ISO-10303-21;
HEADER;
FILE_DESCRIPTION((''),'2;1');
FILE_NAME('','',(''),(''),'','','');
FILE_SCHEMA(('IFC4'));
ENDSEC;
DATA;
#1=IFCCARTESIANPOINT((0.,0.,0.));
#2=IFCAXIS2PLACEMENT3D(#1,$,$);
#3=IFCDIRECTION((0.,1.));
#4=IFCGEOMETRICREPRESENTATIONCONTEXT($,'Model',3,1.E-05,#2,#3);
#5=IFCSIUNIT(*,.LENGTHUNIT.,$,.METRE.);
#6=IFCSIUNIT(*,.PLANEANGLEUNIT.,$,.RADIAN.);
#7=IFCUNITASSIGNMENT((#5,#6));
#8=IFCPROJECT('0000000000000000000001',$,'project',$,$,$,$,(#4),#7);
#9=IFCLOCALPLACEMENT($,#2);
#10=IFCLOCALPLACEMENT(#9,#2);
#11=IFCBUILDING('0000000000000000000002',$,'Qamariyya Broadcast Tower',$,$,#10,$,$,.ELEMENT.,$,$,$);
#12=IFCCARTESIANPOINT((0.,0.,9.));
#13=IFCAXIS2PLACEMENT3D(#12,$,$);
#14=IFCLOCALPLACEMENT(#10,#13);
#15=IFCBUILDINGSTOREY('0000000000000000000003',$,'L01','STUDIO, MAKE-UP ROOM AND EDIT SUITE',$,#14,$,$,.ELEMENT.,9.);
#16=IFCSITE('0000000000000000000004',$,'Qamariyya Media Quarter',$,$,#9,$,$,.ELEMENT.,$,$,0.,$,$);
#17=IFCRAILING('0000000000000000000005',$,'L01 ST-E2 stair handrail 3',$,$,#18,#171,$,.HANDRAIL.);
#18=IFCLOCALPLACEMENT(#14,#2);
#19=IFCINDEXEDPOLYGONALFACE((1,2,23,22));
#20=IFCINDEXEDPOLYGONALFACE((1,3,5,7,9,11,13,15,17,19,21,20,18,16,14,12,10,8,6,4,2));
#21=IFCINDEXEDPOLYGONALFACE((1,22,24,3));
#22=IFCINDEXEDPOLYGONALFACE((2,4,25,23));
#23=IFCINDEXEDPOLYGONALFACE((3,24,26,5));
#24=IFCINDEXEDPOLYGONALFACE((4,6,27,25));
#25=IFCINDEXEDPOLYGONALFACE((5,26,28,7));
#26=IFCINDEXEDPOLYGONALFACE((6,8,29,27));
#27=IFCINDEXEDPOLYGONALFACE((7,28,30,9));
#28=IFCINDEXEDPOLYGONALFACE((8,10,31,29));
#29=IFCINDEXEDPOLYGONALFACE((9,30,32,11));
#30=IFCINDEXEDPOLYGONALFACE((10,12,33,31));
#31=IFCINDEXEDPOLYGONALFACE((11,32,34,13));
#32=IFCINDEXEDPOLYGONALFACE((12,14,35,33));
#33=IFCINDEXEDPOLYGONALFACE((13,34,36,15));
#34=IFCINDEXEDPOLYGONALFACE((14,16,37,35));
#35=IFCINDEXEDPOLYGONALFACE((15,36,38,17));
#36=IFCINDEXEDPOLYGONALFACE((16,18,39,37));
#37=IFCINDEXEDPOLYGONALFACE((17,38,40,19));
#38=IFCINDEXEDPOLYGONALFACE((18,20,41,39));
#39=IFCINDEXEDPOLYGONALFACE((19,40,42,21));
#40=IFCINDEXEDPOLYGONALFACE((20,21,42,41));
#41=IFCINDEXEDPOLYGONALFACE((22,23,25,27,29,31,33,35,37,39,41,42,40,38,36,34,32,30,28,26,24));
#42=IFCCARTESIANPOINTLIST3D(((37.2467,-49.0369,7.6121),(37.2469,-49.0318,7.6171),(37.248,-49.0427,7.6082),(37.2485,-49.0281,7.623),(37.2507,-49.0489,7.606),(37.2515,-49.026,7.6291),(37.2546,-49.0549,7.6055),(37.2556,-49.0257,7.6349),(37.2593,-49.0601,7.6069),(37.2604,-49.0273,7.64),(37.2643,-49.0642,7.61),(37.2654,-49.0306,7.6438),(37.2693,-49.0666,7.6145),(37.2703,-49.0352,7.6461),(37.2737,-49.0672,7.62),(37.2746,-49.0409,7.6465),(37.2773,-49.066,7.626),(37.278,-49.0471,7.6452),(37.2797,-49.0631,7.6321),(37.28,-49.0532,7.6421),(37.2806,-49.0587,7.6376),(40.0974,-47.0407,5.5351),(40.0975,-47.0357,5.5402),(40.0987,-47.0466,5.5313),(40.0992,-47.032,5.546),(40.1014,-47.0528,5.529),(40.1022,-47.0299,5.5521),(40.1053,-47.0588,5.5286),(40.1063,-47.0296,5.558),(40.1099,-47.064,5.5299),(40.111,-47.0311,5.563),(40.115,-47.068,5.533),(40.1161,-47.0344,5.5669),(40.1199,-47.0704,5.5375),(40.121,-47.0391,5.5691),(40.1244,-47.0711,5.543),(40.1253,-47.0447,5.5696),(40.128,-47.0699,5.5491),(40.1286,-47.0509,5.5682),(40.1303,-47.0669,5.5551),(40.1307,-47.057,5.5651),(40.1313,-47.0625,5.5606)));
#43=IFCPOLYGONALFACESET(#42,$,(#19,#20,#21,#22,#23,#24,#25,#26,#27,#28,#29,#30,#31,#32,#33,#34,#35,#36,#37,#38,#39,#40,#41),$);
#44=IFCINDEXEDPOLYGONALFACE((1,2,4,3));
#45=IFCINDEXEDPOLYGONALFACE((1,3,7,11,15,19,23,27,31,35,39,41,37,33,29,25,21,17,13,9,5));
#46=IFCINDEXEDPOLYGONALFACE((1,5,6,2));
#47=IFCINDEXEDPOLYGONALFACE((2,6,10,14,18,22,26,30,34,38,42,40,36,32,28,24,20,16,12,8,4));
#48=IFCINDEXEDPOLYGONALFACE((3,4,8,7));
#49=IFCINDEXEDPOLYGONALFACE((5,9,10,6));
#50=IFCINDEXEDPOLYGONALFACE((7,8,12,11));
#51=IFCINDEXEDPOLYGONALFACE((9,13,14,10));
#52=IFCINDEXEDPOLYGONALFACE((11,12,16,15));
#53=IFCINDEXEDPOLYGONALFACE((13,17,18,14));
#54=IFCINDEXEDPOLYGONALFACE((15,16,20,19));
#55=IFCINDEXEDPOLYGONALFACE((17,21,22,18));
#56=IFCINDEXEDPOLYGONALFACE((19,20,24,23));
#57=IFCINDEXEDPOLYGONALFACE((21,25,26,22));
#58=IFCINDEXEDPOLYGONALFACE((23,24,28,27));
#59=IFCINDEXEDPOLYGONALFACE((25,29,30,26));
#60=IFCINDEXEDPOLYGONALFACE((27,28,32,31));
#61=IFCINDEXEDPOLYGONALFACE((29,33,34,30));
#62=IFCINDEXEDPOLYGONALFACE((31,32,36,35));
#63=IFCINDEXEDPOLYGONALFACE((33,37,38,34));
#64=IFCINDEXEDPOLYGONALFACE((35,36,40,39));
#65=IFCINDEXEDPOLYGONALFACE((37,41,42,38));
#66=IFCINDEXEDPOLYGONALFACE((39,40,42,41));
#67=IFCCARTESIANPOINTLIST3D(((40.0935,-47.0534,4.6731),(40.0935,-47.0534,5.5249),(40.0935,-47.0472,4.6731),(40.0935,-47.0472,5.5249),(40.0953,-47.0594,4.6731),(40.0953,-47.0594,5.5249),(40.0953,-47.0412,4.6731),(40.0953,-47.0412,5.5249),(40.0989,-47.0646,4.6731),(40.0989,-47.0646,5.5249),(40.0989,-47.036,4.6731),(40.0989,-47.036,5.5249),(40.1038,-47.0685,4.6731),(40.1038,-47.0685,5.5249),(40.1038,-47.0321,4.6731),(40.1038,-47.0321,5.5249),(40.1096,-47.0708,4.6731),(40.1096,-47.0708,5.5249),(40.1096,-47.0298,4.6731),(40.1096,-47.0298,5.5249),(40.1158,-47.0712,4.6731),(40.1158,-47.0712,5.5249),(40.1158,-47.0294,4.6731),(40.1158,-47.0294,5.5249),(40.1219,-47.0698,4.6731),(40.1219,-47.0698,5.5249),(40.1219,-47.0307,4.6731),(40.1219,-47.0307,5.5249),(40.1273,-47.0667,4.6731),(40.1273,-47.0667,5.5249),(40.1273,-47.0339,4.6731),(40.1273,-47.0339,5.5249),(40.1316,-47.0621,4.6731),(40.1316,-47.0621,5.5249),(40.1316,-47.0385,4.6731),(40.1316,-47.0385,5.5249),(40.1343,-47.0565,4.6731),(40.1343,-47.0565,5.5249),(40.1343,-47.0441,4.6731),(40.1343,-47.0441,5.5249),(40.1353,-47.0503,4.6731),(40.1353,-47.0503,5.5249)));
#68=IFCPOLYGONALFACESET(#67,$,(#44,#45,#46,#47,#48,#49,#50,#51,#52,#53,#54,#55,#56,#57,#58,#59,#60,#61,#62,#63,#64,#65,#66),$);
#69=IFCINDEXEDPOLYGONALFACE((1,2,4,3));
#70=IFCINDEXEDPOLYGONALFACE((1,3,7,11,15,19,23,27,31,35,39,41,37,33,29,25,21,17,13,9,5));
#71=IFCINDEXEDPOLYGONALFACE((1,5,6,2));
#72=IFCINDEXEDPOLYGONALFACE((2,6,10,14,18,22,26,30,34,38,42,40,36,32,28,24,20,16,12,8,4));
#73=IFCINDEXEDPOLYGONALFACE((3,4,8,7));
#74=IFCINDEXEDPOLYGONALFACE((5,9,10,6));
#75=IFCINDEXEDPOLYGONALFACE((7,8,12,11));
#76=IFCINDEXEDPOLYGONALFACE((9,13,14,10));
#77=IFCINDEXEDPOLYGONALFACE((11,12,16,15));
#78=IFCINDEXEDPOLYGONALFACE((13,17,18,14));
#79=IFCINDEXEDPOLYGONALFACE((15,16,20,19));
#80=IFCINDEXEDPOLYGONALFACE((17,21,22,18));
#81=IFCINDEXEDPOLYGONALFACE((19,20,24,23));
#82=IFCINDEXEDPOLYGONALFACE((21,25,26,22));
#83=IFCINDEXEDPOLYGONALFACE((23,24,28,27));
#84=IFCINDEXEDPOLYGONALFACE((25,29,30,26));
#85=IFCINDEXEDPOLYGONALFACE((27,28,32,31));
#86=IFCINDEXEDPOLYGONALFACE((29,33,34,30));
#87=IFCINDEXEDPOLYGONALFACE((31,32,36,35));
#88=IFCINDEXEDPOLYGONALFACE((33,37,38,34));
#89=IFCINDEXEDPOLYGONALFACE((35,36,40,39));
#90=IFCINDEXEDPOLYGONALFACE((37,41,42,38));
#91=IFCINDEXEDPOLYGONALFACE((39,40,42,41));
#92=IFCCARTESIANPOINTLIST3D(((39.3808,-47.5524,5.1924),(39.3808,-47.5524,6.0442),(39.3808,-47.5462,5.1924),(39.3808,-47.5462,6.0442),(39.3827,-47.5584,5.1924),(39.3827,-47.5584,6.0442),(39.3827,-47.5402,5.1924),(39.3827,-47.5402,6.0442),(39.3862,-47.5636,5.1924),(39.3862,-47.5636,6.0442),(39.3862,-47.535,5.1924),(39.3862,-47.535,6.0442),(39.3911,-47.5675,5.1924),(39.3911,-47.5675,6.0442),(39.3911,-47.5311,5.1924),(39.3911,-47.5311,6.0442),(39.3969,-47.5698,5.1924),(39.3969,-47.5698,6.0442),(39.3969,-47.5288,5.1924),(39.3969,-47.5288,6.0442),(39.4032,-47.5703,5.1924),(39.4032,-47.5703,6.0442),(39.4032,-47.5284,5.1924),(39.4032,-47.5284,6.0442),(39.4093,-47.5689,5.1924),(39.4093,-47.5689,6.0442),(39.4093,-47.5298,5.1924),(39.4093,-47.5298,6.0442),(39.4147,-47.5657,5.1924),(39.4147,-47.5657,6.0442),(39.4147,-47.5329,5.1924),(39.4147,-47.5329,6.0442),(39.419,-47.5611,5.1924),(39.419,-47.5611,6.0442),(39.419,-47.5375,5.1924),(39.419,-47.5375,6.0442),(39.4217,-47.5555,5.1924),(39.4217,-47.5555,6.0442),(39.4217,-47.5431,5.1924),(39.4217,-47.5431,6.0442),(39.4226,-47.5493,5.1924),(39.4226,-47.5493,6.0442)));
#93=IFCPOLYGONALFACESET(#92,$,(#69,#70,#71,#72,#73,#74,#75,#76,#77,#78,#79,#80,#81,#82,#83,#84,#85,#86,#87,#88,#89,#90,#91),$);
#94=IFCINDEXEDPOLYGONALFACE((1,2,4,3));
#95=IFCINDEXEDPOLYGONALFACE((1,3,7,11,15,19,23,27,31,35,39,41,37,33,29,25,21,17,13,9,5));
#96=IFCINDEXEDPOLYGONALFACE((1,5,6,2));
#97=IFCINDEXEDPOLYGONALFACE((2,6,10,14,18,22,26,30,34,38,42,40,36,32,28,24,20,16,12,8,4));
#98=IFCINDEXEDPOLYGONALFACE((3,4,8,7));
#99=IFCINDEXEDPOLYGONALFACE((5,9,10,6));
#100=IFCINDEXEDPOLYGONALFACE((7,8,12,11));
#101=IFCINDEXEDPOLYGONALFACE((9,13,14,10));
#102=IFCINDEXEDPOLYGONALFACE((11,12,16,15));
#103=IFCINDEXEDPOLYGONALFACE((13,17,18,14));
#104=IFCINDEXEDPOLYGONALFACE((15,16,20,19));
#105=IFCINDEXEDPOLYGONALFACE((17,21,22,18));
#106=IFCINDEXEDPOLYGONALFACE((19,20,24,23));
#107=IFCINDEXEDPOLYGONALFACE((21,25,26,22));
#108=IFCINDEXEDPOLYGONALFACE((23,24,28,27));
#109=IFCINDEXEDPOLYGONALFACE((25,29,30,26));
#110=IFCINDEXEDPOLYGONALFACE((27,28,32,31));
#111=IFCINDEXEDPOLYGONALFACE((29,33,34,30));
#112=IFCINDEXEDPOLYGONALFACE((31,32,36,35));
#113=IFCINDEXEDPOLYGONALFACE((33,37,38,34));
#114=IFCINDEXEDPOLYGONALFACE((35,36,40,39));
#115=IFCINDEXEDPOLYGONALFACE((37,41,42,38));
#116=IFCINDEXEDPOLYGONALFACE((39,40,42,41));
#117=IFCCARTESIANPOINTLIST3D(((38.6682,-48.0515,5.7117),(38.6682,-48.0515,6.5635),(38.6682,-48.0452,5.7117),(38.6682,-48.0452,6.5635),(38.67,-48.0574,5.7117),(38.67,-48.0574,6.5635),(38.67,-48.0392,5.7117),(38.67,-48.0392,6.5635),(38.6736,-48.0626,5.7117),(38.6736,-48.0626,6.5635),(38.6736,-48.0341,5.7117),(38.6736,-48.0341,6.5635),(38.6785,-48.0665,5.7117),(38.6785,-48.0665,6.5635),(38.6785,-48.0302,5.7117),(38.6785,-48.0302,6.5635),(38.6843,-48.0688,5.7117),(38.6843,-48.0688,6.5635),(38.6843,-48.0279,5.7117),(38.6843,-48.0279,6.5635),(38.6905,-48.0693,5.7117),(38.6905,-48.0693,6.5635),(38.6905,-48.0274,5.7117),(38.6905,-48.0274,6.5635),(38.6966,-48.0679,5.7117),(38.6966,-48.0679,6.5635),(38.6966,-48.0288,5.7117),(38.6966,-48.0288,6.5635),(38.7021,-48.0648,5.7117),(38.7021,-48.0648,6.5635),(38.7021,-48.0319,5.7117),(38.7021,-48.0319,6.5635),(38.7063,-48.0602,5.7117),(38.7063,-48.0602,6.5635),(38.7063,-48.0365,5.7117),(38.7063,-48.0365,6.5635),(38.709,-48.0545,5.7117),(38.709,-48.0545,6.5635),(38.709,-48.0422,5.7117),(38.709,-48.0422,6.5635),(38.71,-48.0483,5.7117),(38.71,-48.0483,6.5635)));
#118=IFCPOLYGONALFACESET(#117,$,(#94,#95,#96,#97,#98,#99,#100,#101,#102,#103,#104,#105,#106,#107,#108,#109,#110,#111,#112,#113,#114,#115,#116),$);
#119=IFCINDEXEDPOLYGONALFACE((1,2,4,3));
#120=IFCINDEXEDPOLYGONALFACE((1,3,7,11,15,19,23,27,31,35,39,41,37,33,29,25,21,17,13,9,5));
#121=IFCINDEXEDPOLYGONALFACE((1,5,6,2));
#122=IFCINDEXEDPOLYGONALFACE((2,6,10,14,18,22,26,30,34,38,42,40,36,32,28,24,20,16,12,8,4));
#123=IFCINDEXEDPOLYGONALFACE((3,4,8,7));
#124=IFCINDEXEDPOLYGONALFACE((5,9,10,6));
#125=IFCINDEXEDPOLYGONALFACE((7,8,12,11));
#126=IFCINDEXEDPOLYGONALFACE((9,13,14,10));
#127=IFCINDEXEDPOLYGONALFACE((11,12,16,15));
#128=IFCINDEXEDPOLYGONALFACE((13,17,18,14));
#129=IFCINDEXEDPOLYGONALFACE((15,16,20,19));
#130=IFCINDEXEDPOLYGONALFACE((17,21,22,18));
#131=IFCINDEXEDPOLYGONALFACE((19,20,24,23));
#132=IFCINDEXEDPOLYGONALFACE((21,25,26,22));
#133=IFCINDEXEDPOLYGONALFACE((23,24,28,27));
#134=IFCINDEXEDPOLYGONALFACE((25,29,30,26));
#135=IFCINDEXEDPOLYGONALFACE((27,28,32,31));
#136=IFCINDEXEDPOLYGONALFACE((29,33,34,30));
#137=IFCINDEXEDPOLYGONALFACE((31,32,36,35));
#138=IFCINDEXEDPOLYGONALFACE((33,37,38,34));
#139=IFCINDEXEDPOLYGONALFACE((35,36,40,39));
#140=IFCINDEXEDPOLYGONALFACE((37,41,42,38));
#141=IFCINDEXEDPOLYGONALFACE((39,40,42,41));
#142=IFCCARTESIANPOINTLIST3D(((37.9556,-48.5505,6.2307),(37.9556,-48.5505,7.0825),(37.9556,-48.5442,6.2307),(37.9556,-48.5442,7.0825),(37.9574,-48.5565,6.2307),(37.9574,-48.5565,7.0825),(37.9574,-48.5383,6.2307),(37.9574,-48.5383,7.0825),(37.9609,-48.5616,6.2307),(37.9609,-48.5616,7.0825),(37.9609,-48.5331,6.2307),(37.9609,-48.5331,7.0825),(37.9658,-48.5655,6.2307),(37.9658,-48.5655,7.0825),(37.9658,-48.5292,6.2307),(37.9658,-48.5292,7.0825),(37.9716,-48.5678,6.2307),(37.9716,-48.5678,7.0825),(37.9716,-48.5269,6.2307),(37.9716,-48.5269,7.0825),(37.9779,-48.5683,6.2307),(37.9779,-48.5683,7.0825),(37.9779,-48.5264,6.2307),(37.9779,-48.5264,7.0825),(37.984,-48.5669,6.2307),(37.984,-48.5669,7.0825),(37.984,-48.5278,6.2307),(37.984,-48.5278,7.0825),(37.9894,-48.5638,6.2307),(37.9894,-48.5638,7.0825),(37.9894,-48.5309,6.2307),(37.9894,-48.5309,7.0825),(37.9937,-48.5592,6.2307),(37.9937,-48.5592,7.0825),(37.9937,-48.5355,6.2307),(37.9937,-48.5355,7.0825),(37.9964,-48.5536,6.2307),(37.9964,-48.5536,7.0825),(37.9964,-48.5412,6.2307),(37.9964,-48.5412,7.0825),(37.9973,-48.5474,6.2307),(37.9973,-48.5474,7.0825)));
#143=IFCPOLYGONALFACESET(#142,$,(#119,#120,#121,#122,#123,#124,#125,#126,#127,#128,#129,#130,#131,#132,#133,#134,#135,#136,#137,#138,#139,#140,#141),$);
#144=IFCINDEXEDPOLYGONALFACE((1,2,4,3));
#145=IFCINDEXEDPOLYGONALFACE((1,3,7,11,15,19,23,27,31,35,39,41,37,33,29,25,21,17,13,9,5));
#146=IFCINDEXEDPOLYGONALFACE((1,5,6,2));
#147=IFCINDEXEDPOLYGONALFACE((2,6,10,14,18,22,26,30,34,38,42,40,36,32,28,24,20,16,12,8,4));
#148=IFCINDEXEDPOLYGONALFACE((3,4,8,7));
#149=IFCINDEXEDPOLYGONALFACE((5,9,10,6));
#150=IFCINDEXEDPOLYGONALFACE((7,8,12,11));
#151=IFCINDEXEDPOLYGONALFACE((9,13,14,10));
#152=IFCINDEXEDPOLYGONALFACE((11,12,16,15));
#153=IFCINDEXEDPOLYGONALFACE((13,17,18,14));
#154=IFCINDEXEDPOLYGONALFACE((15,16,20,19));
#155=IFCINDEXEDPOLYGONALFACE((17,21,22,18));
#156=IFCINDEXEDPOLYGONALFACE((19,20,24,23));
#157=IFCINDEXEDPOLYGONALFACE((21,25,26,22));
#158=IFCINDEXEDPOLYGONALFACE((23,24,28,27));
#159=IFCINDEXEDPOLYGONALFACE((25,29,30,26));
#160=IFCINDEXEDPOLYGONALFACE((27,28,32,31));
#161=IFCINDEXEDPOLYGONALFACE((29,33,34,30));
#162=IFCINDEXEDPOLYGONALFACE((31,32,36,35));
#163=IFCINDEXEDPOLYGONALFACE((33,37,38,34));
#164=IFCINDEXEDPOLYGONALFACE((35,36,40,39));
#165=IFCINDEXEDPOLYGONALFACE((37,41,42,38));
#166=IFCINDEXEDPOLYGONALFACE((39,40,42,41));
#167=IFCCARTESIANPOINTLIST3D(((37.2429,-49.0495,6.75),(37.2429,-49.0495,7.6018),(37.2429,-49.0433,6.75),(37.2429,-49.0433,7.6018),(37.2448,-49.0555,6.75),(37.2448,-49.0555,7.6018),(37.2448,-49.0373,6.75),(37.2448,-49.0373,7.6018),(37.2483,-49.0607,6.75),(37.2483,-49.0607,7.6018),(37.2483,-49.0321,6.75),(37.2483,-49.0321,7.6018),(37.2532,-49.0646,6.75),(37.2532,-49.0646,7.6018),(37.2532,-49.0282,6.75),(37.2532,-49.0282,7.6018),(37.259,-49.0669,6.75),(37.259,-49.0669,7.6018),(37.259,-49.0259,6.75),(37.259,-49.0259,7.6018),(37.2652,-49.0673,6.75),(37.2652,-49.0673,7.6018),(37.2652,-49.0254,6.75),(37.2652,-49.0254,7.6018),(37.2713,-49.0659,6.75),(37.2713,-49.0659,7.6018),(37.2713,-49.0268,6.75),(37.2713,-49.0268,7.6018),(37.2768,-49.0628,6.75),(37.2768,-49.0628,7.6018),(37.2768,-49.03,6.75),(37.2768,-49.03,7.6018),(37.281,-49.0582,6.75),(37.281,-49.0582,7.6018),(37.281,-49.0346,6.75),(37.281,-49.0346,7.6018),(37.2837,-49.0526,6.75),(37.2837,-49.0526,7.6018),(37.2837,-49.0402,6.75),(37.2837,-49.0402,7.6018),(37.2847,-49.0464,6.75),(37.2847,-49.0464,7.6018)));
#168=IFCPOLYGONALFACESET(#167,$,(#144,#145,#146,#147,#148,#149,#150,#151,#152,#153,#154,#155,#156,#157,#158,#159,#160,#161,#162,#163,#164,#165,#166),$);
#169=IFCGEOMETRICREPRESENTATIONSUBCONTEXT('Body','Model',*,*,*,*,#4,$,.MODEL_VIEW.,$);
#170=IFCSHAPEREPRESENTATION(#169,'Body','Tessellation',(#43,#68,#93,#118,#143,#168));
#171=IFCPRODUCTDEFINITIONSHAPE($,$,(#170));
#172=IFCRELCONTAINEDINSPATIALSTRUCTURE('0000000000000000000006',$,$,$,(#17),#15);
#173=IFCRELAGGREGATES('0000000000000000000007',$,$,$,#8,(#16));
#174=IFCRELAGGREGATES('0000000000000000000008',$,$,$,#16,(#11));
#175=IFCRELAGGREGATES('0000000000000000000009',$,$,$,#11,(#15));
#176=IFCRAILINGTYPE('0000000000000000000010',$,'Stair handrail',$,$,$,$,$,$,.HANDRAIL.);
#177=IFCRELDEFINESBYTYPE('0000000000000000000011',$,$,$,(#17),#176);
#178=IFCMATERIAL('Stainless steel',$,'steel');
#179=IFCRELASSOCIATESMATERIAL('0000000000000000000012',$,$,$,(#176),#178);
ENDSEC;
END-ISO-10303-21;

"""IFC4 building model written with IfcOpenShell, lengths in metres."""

from ifc_helpers import new_model, si_unit, direction, frame, origin, origin_2d, place, context, subcontext, project, spatial, circle, extrude, material, type_object, element, save


model = new_model("IFC4")

# Units and contexts
model_context = context("Model", 3, precision=1e-05, world=origin(), true_north=direction((0.0, 1.0)))
body_context = subcontext(model_context, "Body", "Model", "MODEL_VIEW")
ifc_project = project(units=[si_unit("LENGTHUNIT", "METRE"), si_unit("PLANEANGLEUNIT", "RADIAN")], contexts=[model_context])

# Site, building, storey
site_placement = place(None, origin())
site = spatial("IfcSite", under=ifc_project, at=site_placement, Name="Qamariyya Media Quarter", CompositionType="ELEMENT", RefElevation=0.0)
building_placement = place(site_placement, origin())
building = spatial("IfcBuilding", under=site, at=building_placement, Name="Qamariyya Broadcast Tower", CompositionType="ELEMENT")
storey_placement = place(building_placement, frame((0.0, 0.0, 9.0)))
storey = spatial("IfcBuildingStorey", under=building, at=storey_placement, Name="L01", Description="STUDIO, MAKE-UP ROOM AND EDIT SUITE", CompositionType="ELEMENT", Elevation=9.0)

# Railing
ifc_material_1 = material(Name="Stainless steel", Category="steel")
railing_type_1 = type_object("IfcRailingType", Name="Stair handrail", PredefinedType="HANDRAIL", material=ifc_material_1)
railing_1_placement = place(storey_placement, frame((40.1143, -47.0503, 4.6731)))
element("IfcRailing", 1, at=railing_1_placement, inside=storey, type_object=railing_type_1, Name="L01 ST-E2 stair handrail 3", PredefinedType="HANDRAIL", context=body_context, shape_type="SweptSolid", body=[
    extrude(circle(Radius=0.0239, at=origin_2d()), frame((0.0, 0.0, 0.876), z_axis=(-0.703393, -0.492544, 0.512484), x_axis=(0.573594, -0.81914, 0.0)), (0.0, 0.0, 1.0), 4.0527),
    extrude(circle(Radius=0.021, at=origin_2d()), origin(), (0.0, 0.0, 1.0), 0.8518),
    extrude(circle(Radius=0.021, at=origin_2d()), frame((-0.7126, -0.499, 0.5193)), (0.0, 0.0, 1.0), 0.8518),
    extrude(circle(Radius=0.021, at=origin_2d()), frame((-1.4253, -0.998, 1.0386)), (0.0, 0.0, 1.0), 0.8518),
    extrude(circle(Radius=0.021, at=origin_2d()), frame((-2.1379, -1.4971, 1.5576)), (0.0, 0.0, 1.0), 0.8518),
    extrude(circle(Radius=0.021, at=origin_2d()), frame((-2.8506, -1.9961, 2.0769)), (0.0, 0.0, 1.0), 0.8518),
])

save(model, "model.ifc")
